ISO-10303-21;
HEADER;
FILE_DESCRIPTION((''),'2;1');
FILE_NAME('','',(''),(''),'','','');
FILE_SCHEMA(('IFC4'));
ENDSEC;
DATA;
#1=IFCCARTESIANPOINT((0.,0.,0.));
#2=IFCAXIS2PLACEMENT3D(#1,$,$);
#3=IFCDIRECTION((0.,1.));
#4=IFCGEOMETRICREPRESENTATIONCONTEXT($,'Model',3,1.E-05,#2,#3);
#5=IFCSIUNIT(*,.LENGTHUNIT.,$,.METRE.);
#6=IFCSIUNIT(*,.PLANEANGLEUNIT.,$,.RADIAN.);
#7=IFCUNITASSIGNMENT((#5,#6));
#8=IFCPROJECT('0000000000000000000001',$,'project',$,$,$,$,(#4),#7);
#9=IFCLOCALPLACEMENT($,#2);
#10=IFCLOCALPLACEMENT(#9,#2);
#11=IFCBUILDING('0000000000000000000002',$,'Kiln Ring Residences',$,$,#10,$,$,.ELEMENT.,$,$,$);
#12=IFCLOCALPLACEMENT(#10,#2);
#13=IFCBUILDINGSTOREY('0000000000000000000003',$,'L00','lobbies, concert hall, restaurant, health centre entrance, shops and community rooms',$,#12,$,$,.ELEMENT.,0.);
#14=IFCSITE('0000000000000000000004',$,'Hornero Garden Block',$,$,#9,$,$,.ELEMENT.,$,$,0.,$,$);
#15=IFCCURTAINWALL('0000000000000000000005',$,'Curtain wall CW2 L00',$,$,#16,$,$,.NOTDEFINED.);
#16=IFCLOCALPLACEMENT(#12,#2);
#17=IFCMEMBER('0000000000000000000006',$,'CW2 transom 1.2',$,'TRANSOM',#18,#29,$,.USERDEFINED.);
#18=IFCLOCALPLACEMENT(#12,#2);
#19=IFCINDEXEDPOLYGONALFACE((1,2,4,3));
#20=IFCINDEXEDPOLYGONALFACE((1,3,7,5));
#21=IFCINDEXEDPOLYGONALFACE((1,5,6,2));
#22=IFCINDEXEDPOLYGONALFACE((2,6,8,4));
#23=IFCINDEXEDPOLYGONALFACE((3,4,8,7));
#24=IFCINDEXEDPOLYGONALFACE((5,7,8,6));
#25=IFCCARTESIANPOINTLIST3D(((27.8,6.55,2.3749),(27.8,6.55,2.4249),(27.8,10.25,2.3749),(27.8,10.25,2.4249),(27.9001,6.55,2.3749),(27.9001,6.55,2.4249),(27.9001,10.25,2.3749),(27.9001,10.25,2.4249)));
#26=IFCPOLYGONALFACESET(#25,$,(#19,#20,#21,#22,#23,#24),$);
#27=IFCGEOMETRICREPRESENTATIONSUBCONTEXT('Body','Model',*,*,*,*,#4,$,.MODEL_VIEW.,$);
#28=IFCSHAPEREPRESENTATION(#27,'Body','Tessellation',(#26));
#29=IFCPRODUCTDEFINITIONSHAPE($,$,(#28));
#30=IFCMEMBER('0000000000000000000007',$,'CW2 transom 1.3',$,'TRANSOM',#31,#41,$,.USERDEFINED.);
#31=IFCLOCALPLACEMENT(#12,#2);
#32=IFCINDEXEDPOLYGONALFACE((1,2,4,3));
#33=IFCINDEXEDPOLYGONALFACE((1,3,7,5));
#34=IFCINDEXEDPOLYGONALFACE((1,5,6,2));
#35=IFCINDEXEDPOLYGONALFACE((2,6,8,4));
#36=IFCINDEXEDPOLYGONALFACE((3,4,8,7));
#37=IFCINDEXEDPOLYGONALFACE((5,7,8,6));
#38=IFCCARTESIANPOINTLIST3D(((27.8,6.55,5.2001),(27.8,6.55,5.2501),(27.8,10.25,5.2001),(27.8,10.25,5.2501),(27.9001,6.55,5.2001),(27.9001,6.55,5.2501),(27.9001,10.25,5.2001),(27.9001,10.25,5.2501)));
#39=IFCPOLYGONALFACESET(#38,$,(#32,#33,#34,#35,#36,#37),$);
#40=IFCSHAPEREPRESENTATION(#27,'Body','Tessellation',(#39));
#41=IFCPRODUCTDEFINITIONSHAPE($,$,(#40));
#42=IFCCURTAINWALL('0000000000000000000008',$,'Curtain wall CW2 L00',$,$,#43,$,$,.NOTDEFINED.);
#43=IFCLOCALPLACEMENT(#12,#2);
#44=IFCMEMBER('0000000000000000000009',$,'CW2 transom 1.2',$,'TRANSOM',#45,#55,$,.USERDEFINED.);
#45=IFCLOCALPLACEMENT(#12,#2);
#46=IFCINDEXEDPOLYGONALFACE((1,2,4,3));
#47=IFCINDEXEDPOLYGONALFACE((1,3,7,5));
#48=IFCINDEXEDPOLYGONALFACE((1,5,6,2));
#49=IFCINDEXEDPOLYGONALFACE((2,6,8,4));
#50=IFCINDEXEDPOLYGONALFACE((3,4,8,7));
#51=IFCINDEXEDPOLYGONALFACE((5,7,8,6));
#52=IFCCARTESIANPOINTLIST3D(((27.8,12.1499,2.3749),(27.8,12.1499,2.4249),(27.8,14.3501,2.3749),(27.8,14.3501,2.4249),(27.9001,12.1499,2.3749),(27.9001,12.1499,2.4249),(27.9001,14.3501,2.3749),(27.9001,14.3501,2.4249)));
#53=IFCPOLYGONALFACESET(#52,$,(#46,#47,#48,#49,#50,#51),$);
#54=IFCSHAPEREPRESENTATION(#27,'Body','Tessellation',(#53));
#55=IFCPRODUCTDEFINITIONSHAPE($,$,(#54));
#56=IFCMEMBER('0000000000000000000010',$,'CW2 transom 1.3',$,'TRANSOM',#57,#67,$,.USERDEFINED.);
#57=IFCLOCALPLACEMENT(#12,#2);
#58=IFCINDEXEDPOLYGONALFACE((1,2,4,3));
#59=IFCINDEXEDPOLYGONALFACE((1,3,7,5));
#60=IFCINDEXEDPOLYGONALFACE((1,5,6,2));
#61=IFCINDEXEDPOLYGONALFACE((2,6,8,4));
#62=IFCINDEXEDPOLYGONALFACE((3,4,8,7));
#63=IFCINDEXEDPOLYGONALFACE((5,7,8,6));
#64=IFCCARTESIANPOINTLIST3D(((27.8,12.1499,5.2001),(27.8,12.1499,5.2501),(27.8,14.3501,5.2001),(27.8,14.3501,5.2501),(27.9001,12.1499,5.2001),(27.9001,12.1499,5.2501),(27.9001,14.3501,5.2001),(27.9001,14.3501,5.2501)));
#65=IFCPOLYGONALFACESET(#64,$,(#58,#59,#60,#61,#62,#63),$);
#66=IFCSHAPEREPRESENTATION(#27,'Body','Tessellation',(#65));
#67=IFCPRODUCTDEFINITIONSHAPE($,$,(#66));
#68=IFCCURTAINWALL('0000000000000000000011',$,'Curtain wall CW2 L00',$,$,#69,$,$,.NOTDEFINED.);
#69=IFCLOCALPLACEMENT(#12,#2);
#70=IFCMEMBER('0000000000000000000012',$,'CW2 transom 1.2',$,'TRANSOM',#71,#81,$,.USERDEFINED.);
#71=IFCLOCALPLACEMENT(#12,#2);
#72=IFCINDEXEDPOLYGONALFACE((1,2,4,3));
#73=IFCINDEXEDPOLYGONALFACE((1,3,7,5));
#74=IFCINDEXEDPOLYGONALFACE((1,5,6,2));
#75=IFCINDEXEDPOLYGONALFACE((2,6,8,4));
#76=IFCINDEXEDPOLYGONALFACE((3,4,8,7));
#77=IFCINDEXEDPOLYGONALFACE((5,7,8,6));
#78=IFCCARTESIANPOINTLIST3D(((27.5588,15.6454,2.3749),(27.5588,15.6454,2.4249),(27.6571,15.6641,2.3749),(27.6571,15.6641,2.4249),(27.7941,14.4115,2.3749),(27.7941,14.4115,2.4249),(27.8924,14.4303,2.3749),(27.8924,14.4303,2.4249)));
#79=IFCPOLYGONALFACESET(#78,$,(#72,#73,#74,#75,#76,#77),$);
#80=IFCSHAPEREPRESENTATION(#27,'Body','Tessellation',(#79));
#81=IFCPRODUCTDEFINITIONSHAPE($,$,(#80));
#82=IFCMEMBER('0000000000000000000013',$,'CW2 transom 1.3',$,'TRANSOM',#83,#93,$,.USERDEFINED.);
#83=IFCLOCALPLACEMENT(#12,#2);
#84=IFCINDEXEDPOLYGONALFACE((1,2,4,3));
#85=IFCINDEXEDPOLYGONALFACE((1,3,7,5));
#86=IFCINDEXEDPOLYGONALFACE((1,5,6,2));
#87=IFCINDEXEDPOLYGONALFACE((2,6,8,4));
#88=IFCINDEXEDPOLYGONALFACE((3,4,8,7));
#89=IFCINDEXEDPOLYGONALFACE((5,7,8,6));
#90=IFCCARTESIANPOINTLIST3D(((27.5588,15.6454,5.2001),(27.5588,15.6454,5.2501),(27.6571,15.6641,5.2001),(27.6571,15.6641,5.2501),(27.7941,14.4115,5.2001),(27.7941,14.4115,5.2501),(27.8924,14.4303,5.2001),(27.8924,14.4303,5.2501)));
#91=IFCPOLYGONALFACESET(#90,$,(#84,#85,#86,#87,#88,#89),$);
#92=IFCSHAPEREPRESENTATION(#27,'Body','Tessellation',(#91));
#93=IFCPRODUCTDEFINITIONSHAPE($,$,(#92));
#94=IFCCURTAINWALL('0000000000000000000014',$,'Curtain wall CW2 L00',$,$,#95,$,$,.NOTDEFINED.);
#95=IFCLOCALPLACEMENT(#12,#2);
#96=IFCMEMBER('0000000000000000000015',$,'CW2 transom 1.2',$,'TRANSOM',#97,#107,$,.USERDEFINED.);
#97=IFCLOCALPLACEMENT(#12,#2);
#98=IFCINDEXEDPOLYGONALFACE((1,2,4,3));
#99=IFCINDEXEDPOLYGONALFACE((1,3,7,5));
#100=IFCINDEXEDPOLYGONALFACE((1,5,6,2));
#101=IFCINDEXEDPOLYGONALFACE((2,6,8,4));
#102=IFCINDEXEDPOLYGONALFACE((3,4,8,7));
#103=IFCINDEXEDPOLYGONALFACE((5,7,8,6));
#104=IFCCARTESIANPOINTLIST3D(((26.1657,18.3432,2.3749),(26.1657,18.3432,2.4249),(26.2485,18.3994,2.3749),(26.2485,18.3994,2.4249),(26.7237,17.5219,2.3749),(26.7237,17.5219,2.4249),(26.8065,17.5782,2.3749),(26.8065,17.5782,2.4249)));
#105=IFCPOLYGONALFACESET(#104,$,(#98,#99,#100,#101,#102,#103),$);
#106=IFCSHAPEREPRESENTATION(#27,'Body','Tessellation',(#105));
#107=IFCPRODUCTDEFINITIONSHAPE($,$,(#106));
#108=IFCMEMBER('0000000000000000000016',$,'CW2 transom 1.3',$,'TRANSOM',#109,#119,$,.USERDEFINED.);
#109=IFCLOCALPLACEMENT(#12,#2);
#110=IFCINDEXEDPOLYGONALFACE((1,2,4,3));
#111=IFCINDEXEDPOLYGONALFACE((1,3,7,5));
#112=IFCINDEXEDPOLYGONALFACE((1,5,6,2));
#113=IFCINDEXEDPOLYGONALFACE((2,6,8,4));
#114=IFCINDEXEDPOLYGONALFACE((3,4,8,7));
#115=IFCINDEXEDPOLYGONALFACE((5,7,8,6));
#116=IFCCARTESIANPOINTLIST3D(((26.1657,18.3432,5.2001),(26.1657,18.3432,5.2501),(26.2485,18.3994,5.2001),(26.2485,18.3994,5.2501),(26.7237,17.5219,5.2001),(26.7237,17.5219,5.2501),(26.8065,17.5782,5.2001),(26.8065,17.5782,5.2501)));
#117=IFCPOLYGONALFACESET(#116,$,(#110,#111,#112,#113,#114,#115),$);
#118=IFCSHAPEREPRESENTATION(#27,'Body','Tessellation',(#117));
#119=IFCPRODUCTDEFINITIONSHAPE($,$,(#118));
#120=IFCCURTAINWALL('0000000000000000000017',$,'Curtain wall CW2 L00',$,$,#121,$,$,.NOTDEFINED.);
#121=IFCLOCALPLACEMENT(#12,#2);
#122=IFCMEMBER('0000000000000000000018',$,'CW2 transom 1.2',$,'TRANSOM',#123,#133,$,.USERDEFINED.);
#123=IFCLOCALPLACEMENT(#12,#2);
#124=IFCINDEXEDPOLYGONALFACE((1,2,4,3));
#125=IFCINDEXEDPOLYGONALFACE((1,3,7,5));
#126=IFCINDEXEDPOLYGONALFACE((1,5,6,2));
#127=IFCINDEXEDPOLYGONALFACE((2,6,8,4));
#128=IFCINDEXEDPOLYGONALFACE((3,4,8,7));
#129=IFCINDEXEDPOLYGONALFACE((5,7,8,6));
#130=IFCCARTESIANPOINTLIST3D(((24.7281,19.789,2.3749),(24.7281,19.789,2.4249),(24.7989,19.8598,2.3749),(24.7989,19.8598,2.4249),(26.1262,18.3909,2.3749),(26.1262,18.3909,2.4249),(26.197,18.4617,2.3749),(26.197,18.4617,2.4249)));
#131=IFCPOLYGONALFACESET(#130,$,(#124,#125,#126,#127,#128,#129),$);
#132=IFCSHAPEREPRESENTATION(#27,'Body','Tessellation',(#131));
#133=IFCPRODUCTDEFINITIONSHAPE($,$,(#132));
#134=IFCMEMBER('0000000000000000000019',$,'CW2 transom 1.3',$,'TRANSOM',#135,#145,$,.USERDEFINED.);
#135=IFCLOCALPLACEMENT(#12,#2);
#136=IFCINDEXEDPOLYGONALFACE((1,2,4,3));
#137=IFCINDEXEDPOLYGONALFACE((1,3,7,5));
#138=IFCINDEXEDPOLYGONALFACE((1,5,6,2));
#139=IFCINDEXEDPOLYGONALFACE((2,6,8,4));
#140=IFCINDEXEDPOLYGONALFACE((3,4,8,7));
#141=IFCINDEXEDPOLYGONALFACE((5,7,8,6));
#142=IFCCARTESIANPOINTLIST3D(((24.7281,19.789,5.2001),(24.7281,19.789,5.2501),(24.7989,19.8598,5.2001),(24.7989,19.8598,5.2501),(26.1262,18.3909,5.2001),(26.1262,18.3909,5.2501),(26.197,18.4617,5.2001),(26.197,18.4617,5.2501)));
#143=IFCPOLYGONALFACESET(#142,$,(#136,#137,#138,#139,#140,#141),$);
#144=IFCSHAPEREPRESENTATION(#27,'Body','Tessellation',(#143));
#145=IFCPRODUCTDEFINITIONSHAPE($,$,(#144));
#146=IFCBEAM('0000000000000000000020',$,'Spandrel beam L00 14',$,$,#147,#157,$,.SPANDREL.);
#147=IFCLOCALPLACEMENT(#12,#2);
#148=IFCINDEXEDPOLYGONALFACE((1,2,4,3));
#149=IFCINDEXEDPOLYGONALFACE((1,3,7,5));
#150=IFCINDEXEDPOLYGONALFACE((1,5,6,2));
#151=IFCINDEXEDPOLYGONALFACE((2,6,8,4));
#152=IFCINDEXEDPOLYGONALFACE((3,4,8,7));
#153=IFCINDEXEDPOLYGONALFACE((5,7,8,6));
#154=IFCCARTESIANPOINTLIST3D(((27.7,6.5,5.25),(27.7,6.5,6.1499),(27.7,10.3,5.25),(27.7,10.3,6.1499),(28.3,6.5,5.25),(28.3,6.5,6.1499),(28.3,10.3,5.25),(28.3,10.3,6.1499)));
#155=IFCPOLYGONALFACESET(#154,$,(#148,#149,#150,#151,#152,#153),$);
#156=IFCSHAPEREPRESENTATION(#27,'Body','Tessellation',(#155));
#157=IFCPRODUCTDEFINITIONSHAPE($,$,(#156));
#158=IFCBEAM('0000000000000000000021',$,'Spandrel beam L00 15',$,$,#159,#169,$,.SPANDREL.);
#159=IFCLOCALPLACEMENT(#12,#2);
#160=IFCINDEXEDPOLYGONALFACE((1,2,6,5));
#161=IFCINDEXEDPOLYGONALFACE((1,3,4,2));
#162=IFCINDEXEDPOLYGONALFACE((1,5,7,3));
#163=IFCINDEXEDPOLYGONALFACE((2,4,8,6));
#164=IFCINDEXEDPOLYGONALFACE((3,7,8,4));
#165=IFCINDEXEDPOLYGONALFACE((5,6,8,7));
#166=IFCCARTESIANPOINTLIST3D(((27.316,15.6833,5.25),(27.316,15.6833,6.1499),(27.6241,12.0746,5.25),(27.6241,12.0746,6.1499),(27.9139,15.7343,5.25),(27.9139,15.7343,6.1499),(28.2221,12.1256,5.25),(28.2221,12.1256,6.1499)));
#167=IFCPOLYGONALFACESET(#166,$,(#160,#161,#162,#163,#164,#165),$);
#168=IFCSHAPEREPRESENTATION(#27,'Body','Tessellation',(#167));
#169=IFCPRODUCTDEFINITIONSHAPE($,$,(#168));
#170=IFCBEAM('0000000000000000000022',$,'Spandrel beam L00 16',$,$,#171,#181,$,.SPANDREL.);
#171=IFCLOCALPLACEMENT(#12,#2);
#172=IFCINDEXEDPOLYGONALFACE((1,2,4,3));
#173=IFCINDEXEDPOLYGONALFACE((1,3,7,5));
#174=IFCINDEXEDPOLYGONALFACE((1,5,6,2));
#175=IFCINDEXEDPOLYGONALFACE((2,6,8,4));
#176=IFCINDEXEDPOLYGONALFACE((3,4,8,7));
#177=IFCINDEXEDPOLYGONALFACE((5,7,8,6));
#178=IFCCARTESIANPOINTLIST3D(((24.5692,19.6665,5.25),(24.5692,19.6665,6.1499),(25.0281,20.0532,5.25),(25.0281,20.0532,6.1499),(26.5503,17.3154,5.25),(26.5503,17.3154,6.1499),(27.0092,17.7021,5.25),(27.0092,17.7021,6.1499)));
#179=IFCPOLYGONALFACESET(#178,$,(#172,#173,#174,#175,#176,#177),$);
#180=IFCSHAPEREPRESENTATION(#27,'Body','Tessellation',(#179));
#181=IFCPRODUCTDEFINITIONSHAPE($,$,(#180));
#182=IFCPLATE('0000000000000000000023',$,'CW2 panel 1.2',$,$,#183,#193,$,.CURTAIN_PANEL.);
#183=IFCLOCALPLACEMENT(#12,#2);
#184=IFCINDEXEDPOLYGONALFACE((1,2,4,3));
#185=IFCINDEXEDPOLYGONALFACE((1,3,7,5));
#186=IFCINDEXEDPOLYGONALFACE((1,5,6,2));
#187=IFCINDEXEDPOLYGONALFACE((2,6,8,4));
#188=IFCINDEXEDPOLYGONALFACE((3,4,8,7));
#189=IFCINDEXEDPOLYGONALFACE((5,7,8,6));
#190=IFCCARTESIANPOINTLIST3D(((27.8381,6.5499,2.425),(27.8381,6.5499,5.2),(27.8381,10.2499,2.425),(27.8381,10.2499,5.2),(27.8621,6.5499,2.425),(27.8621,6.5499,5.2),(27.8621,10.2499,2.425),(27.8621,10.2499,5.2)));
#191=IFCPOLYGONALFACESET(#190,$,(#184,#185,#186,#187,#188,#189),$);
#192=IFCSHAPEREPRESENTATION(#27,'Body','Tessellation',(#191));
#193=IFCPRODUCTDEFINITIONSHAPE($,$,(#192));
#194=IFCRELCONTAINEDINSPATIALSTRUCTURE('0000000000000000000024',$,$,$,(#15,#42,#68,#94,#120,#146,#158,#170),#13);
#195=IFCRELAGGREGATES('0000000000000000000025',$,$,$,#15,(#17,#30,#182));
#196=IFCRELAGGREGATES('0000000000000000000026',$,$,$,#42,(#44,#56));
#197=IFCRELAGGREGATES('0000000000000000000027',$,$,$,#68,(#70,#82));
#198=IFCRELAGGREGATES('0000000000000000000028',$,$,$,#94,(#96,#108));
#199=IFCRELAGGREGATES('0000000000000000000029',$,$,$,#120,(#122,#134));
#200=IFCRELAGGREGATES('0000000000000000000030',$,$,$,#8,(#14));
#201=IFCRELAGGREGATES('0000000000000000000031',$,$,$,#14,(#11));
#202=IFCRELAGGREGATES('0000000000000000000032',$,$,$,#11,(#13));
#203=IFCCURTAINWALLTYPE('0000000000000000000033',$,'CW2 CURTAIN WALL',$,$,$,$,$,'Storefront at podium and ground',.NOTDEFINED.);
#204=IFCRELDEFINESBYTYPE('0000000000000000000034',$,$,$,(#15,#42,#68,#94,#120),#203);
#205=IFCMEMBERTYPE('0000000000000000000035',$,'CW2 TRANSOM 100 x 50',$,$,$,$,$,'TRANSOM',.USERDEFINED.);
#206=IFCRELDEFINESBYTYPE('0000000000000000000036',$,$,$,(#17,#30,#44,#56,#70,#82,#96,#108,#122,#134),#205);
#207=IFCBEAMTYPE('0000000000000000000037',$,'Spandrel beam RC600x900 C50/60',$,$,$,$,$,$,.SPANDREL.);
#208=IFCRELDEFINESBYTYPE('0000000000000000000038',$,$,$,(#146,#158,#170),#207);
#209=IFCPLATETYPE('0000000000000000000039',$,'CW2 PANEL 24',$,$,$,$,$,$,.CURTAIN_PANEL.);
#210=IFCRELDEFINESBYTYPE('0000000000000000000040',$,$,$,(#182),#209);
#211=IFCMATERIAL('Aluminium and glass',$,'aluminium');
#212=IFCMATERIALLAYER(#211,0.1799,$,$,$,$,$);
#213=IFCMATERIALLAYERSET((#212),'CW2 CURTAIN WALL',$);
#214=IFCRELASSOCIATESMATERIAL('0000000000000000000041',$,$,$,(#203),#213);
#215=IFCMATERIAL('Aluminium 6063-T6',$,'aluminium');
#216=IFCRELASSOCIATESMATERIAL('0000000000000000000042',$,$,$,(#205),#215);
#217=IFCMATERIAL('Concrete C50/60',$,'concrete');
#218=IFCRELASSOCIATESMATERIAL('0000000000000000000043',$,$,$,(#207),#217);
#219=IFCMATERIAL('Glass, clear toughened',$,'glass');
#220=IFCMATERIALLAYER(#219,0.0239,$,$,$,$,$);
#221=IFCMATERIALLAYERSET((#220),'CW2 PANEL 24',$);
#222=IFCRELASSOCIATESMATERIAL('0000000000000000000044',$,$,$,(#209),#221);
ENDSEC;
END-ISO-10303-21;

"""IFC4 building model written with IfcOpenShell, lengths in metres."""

from ifc_helpers import new_model, si_unit, direction, frame, origin, origin_2d, place, context, subcontext, project, spatial, rectangle, extrude, material, layer, layer_set, material_profile, profile_set, type_object, element, aggregate, save


model = new_model("IFC4")

# Units and contexts
model_context = context("Model", 3, precision=1e-05, world=origin(), true_north=direction((0.0, 1.0)))
body_context = subcontext(model_context, "Body", "Model", "MODEL_VIEW")
ifc_project = project(units=[si_unit("LENGTHUNIT", "METRE"), si_unit("PLANEANGLEUNIT", "RADIAN")], contexts=[model_context])

# Site, building, storey
site_placement = place(None, origin())
site = spatial("IfcSite", under=ifc_project, at=site_placement, Name="Hornero Garden Block", CompositionType="ELEMENT", RefElevation=0.0)
building_placement = place(site_placement, origin())
building = spatial("IfcBuilding", under=site, at=building_placement, Name="Kiln Ring Residences", CompositionType="ELEMENT")
storey_placement = place(building_placement, origin())
storey = spatial("IfcBuildingStorey", under=building, at=storey_placement, Name="L00", Description="lobbies, concert hall, restaurant, health centre entrance, shops and community rooms", CompositionType="ELEMENT", Elevation=0.0)

# Curtain walls, members
ifc_material_1 = material(Name="Aluminium and glass", Category="aluminium")
ifc_layer_1 = layer(ifc_material_1, 0.1799)
ifc_layer_set_1 = layer_set([ifc_layer_1], Name="CW2 CURTAIN WALL")
curtain_wall_type = type_object("IfcCurtainWallType", Name="CW2 CURTAIN WALL", ElementType="Storefront at podium and ground", PredefinedType="NOTDEFINED", material=ifc_layer_set_1)
placement = place(storey_placement, origin())
curtain_wall_1 = element("IfcCurtainWall", 1, at=placement, inside=storey, type_object=curtain_wall_type, Name="Curtain wall CW2 L00", PredefinedType="NOTDEFINED")
ifc_material_2 = material(Name="Aluminium 6063-T6", Category="aluminium")
ifc_material_profile_1 = material_profile(ifc_material_2, rectangle(XDim=0.1001, YDim=0.05, at=origin_2d()), Name="AL 100x50")
ifc_profile_set_1 = profile_set([ifc_material_profile_1], Name="Aluminium 6063-T6")
member_type = type_object("IfcMemberType", Name="CW2 TRANSOM 100 x 50", ElementType="TRANSOM", PredefinedType="USERDEFINED", material=ifc_profile_set_1)
member_1_placement = place(storey_placement, frame((27.8501, 6.55, 2.3999), z_axis=(0.0, 1.0, 0.0), x_axis=(-1.0, 0.0, 0.0)))
member_1 = element("IfcMember", 2, at=member_1_placement, type_object=member_type, Name="CW2 transom 1.2", ObjectType="TRANSOM", PredefinedType="USERDEFINED", context=body_context, shape_type="SweptSolid", body=[
    extrude(rectangle(XDim=0.1001, YDim=0.05, at=origin_2d()), origin(), (0.0, 0.0, 1.0), 3.7),
])
member_2_placement = place(storey_placement, frame((27.8501, 6.55, 5.2251), z_axis=(0.0, 1.0, 0.0), x_axis=(-1.0, 0.0, 0.0)))
member_2 = element("IfcMember", 3, at=member_2_placement, type_object=member_type, Name="CW2 transom 1.3", ObjectType="TRANSOM", PredefinedType="USERDEFINED", context=body_context, shape_type="SweptSolid", body=[
    extrude(rectangle(XDim=0.1001, YDim=0.05, at=origin_2d()), origin(), (0.0, 0.0, 1.0), 3.7),
])
curtain_wall_2 = element("IfcCurtainWall", 4, at=placement, inside=storey, type_object=curtain_wall_type, Name="Curtain wall CW2 L00", PredefinedType="NOTDEFINED")
member_3_placement = place(storey_placement, frame((27.8501, 12.1499, 2.3999), z_axis=(0.0, 1.0, 0.0), x_axis=(-1.0, 0.0, 0.0)))
member_3 = element("IfcMember", 5, at=member_3_placement, type_object=member_type, Name="CW2 transom 1.2", ObjectType="TRANSOM", PredefinedType="USERDEFINED", context=body_context, shape_type="SweptSolid", body=[
    extrude(rectangle(XDim=0.1001, YDim=0.05, at=origin_2d()), origin(), (0.0, 0.0, 1.0), 2.2002),
])
member_4_placement = place(storey_placement, frame((27.8501, 12.1499, 5.2251), z_axis=(0.0, 1.0, 0.0), x_axis=(-1.0, 0.0, 0.0)))
member_4 = element("IfcMember", 6, at=member_4_placement, type_object=member_type, Name="CW2 transom 1.3", ObjectType="TRANSOM", PredefinedType="USERDEFINED", context=body_context, shape_type="SweptSolid", body=[
    extrude(rectangle(XDim=0.1001, YDim=0.05, at=origin_2d()), origin(), (0.0, 0.0, 1.0), 2.2002),
])
curtain_wall_3 = element("IfcCurtainWall", 7, at=placement, inside=storey, type_object=curtain_wall_type, Name="Curtain wall CW2 L00", PredefinedType="NOTDEFINED")
member_5_placement = place(storey_placement, frame((27.8433, 14.4209, 2.3999), z_axis=(-0.187362, 0.982291, 0.0), x_axis=(-0.982291, -0.187362, 0.0)))
member_5 = element("IfcMember", 8, at=member_5_placement, type_object=member_type, Name="CW2 transom 1.2", ObjectType="TRANSOM", PredefinedType="USERDEFINED", context=body_context, shape_type="SweptSolid", body=[
    extrude(rectangle(XDim=0.1001, YDim=0.05, at=origin_2d()), origin(), (0.0, 0.0, 1.0), 1.2561),
])
member_6_placement = place(storey_placement, frame((27.8433, 14.4209, 5.2251), z_axis=(-0.187362, 0.982291, 0.0), x_axis=(-0.982291, -0.187362, 0.0)))
member_6 = element("IfcMember", 9, at=member_6_placement, type_object=member_type, Name="CW2 transom 1.3", ObjectType="TRANSOM", PredefinedType="USERDEFINED", context=body_context, shape_type="SweptSolid", body=[
    extrude(rectangle(XDim=0.1001, YDim=0.05, at=origin_2d()), origin(), (0.0, 0.0, 1.0), 1.2561),
])
curtain_wall_4 = element("IfcCurtainWall", 10, at=placement, inside=storey, type_object=curtain_wall_type, Name="Curtain wall CW2 L00", PredefinedType="NOTDEFINED")
member_7_placement = place(storey_placement, frame((26.7651, 17.55, 2.3999), z_axis=(-0.562054, 0.8271, 0.0), x_axis=(-0.8271, -0.562054, 0.0)))
member_7 = element("IfcMember", 11, at=member_7_placement, type_object=member_type, Name="CW2 transom 1.2", ObjectType="TRANSOM", PredefinedType="USERDEFINED", context=body_context, shape_type="SweptSolid", body=[
    extrude(rectangle(XDim=0.1001, YDim=0.05, at=origin_2d()), origin(), (0.0, 0.0, 1.0), 0.9929),
])
member_8_placement = place(storey_placement, frame((26.7651, 17.55, 5.2251), z_axis=(-0.562054, 0.8271, 0.0), x_axis=(-0.8271, -0.562054, 0.0)))
member_8 = element("IfcMember", 12, at=member_8_placement, type_object=member_type, Name="CW2 transom 1.3", ObjectType="TRANSOM", PredefinedType="USERDEFINED", context=body_context, shape_type="SweptSolid", body=[
    extrude(rectangle(XDim=0.1001, YDim=0.05, at=origin_2d()), origin(), (0.0, 0.0, 1.0), 0.9929),
])
curtain_wall_5 = element("IfcCurtainWall", 13, at=placement, inside=storey, type_object=curtain_wall_type, Name="Curtain wall CW2 L00", PredefinedType="NOTDEFINED")
member_9_placement = place(storey_placement, frame((26.1616, 18.4263, 2.3999), z_axis=(-0.707107, 0.707107, 0.0), x_axis=(-0.707107, -0.707107, 0.0)))
member_9 = element("IfcMember", 14, at=member_9_placement, type_object=member_type, Name="CW2 transom 1.2", ObjectType="TRANSOM", PredefinedType="USERDEFINED", context=body_context, shape_type="SweptSolid", body=[
    extrude(rectangle(XDim=0.1001, YDim=0.05, at=origin_2d()), origin(), (0.0, 0.0, 1.0), 1.9773),
])
member_10_placement = place(storey_placement, frame((26.1616, 18.4263, 5.2251), z_axis=(-0.707107, 0.707107, 0.0), x_axis=(-0.707107, -0.707107, 0.0)))
member_10 = element("IfcMember", 15, at=member_10_placement, type_object=member_type, Name="CW2 transom 1.3", ObjectType="TRANSOM", PredefinedType="USERDEFINED", context=body_context, shape_type="SweptSolid", body=[
    extrude(rectangle(XDim=0.1001, YDim=0.05, at=origin_2d()), origin(), (0.0, 0.0, 1.0), 1.9773),
])

# Beams
ifc_material_3 = material(Name="Concrete C50/60", Category="concrete")
ifc_material_profile_2 = material_profile(ifc_material_3, rectangle(XDim=0.6001, YDim=0.8999, at=origin_2d()), Name="RC600x900")
ifc_profile_set_2 = profile_set([ifc_material_profile_2], Name="Concrete C50/60")
beam_type = type_object("IfcBeamType", Name="Spandrel beam RC600x900 C50/60", PredefinedType="SPANDREL", material=ifc_profile_set_2)
beam_1_placement = place(storey_placement, frame((28.0, 6.5, 5.7), z_axis=(0.0, 1.0, 0.0), x_axis=(-1.0, 0.0, 0.0)))
element("IfcBeam", 16, at=beam_1_placement, inside=storey, type_object=beam_type, Name="Spandrel beam L00 14", PredefinedType="SPANDREL", context=body_context, shape_type="SweptSolid", body=[
    extrude(rectangle(XDim=0.6001, YDim=0.8999, at=origin_2d()), origin(), (0.0, 0.0, 1.0), 3.8),
])
beam_2_placement = place(storey_placement, frame((27.9231, 12.1001, 5.7), z_axis=(-0.08507, 0.996375, 0.0), x_axis=(-0.996375, -0.08507, 0.0)))
element("IfcBeam", 17, at=beam_2_placement, inside=storey, type_object=beam_type, Name="Spandrel beam L00 15", PredefinedType="SPANDREL", context=body_context, shape_type="SweptSolid", body=[
    extrude(rectangle(XDim=0.6001, YDim=0.8999, at=origin_2d()), origin(), (0.0, 0.0, 1.0), 3.6218),
])
beam_3_placement = place(storey_placement, frame((26.7798, 17.5088, 5.7), z_axis=(-0.644392, 0.764695, 0.0), x_axis=(-0.764695, -0.644392, 0.0)))
element("IfcBeam", 18, at=beam_3_placement, inside=storey, type_object=beam_type, Name="Spandrel beam L00 16", PredefinedType="SPANDREL", context=body_context, shape_type="SweptSolid", body=[
    extrude(rectangle(XDim=0.6001, YDim=0.8999, at=origin_2d()), origin(), (0.0, 0.0, 1.0), 3.0745),
])

# Plate
ifc_material_4 = material(Name="Glass, clear toughened", Category="glass")
ifc_layer_2 = layer(ifc_material_4, 0.0239)
ifc_layer_set_2 = layer_set([ifc_layer_2], Name="CW2 PANEL 24")
plate_type = type_object("IfcPlateType", Name="CW2 PANEL 24", PredefinedType="CURTAIN_PANEL", material=ifc_layer_set_2)
plate_1_placement = place(storey_placement, frame((27.8501, 8.3999, 2.425), z_axis=(0.0, 0.0, 1.0), x_axis=(0.0, 1.0, 0.0)))
plate_1 = element("IfcPlate", 19, at=plate_1_placement, type_object=plate_type, Name="CW2 panel 1.2", PredefinedType="CURTAIN_PANEL", context=body_context, shape_type="SweptSolid", body=[
    extrude(rectangle(XDim=3.7, YDim=0.0239, at=origin_2d()), origin(), (0.0, 0.0, 1.0), 2.7749),
])
aggregate(curtain_wall_1, [member_1, member_2, plate_1])
aggregate(curtain_wall_2, [member_3, member_4])
aggregate(curtain_wall_3, [member_5, member_6])
aggregate(curtain_wall_4, [member_7, member_8])
aggregate(curtain_wall_5, [member_9, member_10])

save(model, "model.ifc")
